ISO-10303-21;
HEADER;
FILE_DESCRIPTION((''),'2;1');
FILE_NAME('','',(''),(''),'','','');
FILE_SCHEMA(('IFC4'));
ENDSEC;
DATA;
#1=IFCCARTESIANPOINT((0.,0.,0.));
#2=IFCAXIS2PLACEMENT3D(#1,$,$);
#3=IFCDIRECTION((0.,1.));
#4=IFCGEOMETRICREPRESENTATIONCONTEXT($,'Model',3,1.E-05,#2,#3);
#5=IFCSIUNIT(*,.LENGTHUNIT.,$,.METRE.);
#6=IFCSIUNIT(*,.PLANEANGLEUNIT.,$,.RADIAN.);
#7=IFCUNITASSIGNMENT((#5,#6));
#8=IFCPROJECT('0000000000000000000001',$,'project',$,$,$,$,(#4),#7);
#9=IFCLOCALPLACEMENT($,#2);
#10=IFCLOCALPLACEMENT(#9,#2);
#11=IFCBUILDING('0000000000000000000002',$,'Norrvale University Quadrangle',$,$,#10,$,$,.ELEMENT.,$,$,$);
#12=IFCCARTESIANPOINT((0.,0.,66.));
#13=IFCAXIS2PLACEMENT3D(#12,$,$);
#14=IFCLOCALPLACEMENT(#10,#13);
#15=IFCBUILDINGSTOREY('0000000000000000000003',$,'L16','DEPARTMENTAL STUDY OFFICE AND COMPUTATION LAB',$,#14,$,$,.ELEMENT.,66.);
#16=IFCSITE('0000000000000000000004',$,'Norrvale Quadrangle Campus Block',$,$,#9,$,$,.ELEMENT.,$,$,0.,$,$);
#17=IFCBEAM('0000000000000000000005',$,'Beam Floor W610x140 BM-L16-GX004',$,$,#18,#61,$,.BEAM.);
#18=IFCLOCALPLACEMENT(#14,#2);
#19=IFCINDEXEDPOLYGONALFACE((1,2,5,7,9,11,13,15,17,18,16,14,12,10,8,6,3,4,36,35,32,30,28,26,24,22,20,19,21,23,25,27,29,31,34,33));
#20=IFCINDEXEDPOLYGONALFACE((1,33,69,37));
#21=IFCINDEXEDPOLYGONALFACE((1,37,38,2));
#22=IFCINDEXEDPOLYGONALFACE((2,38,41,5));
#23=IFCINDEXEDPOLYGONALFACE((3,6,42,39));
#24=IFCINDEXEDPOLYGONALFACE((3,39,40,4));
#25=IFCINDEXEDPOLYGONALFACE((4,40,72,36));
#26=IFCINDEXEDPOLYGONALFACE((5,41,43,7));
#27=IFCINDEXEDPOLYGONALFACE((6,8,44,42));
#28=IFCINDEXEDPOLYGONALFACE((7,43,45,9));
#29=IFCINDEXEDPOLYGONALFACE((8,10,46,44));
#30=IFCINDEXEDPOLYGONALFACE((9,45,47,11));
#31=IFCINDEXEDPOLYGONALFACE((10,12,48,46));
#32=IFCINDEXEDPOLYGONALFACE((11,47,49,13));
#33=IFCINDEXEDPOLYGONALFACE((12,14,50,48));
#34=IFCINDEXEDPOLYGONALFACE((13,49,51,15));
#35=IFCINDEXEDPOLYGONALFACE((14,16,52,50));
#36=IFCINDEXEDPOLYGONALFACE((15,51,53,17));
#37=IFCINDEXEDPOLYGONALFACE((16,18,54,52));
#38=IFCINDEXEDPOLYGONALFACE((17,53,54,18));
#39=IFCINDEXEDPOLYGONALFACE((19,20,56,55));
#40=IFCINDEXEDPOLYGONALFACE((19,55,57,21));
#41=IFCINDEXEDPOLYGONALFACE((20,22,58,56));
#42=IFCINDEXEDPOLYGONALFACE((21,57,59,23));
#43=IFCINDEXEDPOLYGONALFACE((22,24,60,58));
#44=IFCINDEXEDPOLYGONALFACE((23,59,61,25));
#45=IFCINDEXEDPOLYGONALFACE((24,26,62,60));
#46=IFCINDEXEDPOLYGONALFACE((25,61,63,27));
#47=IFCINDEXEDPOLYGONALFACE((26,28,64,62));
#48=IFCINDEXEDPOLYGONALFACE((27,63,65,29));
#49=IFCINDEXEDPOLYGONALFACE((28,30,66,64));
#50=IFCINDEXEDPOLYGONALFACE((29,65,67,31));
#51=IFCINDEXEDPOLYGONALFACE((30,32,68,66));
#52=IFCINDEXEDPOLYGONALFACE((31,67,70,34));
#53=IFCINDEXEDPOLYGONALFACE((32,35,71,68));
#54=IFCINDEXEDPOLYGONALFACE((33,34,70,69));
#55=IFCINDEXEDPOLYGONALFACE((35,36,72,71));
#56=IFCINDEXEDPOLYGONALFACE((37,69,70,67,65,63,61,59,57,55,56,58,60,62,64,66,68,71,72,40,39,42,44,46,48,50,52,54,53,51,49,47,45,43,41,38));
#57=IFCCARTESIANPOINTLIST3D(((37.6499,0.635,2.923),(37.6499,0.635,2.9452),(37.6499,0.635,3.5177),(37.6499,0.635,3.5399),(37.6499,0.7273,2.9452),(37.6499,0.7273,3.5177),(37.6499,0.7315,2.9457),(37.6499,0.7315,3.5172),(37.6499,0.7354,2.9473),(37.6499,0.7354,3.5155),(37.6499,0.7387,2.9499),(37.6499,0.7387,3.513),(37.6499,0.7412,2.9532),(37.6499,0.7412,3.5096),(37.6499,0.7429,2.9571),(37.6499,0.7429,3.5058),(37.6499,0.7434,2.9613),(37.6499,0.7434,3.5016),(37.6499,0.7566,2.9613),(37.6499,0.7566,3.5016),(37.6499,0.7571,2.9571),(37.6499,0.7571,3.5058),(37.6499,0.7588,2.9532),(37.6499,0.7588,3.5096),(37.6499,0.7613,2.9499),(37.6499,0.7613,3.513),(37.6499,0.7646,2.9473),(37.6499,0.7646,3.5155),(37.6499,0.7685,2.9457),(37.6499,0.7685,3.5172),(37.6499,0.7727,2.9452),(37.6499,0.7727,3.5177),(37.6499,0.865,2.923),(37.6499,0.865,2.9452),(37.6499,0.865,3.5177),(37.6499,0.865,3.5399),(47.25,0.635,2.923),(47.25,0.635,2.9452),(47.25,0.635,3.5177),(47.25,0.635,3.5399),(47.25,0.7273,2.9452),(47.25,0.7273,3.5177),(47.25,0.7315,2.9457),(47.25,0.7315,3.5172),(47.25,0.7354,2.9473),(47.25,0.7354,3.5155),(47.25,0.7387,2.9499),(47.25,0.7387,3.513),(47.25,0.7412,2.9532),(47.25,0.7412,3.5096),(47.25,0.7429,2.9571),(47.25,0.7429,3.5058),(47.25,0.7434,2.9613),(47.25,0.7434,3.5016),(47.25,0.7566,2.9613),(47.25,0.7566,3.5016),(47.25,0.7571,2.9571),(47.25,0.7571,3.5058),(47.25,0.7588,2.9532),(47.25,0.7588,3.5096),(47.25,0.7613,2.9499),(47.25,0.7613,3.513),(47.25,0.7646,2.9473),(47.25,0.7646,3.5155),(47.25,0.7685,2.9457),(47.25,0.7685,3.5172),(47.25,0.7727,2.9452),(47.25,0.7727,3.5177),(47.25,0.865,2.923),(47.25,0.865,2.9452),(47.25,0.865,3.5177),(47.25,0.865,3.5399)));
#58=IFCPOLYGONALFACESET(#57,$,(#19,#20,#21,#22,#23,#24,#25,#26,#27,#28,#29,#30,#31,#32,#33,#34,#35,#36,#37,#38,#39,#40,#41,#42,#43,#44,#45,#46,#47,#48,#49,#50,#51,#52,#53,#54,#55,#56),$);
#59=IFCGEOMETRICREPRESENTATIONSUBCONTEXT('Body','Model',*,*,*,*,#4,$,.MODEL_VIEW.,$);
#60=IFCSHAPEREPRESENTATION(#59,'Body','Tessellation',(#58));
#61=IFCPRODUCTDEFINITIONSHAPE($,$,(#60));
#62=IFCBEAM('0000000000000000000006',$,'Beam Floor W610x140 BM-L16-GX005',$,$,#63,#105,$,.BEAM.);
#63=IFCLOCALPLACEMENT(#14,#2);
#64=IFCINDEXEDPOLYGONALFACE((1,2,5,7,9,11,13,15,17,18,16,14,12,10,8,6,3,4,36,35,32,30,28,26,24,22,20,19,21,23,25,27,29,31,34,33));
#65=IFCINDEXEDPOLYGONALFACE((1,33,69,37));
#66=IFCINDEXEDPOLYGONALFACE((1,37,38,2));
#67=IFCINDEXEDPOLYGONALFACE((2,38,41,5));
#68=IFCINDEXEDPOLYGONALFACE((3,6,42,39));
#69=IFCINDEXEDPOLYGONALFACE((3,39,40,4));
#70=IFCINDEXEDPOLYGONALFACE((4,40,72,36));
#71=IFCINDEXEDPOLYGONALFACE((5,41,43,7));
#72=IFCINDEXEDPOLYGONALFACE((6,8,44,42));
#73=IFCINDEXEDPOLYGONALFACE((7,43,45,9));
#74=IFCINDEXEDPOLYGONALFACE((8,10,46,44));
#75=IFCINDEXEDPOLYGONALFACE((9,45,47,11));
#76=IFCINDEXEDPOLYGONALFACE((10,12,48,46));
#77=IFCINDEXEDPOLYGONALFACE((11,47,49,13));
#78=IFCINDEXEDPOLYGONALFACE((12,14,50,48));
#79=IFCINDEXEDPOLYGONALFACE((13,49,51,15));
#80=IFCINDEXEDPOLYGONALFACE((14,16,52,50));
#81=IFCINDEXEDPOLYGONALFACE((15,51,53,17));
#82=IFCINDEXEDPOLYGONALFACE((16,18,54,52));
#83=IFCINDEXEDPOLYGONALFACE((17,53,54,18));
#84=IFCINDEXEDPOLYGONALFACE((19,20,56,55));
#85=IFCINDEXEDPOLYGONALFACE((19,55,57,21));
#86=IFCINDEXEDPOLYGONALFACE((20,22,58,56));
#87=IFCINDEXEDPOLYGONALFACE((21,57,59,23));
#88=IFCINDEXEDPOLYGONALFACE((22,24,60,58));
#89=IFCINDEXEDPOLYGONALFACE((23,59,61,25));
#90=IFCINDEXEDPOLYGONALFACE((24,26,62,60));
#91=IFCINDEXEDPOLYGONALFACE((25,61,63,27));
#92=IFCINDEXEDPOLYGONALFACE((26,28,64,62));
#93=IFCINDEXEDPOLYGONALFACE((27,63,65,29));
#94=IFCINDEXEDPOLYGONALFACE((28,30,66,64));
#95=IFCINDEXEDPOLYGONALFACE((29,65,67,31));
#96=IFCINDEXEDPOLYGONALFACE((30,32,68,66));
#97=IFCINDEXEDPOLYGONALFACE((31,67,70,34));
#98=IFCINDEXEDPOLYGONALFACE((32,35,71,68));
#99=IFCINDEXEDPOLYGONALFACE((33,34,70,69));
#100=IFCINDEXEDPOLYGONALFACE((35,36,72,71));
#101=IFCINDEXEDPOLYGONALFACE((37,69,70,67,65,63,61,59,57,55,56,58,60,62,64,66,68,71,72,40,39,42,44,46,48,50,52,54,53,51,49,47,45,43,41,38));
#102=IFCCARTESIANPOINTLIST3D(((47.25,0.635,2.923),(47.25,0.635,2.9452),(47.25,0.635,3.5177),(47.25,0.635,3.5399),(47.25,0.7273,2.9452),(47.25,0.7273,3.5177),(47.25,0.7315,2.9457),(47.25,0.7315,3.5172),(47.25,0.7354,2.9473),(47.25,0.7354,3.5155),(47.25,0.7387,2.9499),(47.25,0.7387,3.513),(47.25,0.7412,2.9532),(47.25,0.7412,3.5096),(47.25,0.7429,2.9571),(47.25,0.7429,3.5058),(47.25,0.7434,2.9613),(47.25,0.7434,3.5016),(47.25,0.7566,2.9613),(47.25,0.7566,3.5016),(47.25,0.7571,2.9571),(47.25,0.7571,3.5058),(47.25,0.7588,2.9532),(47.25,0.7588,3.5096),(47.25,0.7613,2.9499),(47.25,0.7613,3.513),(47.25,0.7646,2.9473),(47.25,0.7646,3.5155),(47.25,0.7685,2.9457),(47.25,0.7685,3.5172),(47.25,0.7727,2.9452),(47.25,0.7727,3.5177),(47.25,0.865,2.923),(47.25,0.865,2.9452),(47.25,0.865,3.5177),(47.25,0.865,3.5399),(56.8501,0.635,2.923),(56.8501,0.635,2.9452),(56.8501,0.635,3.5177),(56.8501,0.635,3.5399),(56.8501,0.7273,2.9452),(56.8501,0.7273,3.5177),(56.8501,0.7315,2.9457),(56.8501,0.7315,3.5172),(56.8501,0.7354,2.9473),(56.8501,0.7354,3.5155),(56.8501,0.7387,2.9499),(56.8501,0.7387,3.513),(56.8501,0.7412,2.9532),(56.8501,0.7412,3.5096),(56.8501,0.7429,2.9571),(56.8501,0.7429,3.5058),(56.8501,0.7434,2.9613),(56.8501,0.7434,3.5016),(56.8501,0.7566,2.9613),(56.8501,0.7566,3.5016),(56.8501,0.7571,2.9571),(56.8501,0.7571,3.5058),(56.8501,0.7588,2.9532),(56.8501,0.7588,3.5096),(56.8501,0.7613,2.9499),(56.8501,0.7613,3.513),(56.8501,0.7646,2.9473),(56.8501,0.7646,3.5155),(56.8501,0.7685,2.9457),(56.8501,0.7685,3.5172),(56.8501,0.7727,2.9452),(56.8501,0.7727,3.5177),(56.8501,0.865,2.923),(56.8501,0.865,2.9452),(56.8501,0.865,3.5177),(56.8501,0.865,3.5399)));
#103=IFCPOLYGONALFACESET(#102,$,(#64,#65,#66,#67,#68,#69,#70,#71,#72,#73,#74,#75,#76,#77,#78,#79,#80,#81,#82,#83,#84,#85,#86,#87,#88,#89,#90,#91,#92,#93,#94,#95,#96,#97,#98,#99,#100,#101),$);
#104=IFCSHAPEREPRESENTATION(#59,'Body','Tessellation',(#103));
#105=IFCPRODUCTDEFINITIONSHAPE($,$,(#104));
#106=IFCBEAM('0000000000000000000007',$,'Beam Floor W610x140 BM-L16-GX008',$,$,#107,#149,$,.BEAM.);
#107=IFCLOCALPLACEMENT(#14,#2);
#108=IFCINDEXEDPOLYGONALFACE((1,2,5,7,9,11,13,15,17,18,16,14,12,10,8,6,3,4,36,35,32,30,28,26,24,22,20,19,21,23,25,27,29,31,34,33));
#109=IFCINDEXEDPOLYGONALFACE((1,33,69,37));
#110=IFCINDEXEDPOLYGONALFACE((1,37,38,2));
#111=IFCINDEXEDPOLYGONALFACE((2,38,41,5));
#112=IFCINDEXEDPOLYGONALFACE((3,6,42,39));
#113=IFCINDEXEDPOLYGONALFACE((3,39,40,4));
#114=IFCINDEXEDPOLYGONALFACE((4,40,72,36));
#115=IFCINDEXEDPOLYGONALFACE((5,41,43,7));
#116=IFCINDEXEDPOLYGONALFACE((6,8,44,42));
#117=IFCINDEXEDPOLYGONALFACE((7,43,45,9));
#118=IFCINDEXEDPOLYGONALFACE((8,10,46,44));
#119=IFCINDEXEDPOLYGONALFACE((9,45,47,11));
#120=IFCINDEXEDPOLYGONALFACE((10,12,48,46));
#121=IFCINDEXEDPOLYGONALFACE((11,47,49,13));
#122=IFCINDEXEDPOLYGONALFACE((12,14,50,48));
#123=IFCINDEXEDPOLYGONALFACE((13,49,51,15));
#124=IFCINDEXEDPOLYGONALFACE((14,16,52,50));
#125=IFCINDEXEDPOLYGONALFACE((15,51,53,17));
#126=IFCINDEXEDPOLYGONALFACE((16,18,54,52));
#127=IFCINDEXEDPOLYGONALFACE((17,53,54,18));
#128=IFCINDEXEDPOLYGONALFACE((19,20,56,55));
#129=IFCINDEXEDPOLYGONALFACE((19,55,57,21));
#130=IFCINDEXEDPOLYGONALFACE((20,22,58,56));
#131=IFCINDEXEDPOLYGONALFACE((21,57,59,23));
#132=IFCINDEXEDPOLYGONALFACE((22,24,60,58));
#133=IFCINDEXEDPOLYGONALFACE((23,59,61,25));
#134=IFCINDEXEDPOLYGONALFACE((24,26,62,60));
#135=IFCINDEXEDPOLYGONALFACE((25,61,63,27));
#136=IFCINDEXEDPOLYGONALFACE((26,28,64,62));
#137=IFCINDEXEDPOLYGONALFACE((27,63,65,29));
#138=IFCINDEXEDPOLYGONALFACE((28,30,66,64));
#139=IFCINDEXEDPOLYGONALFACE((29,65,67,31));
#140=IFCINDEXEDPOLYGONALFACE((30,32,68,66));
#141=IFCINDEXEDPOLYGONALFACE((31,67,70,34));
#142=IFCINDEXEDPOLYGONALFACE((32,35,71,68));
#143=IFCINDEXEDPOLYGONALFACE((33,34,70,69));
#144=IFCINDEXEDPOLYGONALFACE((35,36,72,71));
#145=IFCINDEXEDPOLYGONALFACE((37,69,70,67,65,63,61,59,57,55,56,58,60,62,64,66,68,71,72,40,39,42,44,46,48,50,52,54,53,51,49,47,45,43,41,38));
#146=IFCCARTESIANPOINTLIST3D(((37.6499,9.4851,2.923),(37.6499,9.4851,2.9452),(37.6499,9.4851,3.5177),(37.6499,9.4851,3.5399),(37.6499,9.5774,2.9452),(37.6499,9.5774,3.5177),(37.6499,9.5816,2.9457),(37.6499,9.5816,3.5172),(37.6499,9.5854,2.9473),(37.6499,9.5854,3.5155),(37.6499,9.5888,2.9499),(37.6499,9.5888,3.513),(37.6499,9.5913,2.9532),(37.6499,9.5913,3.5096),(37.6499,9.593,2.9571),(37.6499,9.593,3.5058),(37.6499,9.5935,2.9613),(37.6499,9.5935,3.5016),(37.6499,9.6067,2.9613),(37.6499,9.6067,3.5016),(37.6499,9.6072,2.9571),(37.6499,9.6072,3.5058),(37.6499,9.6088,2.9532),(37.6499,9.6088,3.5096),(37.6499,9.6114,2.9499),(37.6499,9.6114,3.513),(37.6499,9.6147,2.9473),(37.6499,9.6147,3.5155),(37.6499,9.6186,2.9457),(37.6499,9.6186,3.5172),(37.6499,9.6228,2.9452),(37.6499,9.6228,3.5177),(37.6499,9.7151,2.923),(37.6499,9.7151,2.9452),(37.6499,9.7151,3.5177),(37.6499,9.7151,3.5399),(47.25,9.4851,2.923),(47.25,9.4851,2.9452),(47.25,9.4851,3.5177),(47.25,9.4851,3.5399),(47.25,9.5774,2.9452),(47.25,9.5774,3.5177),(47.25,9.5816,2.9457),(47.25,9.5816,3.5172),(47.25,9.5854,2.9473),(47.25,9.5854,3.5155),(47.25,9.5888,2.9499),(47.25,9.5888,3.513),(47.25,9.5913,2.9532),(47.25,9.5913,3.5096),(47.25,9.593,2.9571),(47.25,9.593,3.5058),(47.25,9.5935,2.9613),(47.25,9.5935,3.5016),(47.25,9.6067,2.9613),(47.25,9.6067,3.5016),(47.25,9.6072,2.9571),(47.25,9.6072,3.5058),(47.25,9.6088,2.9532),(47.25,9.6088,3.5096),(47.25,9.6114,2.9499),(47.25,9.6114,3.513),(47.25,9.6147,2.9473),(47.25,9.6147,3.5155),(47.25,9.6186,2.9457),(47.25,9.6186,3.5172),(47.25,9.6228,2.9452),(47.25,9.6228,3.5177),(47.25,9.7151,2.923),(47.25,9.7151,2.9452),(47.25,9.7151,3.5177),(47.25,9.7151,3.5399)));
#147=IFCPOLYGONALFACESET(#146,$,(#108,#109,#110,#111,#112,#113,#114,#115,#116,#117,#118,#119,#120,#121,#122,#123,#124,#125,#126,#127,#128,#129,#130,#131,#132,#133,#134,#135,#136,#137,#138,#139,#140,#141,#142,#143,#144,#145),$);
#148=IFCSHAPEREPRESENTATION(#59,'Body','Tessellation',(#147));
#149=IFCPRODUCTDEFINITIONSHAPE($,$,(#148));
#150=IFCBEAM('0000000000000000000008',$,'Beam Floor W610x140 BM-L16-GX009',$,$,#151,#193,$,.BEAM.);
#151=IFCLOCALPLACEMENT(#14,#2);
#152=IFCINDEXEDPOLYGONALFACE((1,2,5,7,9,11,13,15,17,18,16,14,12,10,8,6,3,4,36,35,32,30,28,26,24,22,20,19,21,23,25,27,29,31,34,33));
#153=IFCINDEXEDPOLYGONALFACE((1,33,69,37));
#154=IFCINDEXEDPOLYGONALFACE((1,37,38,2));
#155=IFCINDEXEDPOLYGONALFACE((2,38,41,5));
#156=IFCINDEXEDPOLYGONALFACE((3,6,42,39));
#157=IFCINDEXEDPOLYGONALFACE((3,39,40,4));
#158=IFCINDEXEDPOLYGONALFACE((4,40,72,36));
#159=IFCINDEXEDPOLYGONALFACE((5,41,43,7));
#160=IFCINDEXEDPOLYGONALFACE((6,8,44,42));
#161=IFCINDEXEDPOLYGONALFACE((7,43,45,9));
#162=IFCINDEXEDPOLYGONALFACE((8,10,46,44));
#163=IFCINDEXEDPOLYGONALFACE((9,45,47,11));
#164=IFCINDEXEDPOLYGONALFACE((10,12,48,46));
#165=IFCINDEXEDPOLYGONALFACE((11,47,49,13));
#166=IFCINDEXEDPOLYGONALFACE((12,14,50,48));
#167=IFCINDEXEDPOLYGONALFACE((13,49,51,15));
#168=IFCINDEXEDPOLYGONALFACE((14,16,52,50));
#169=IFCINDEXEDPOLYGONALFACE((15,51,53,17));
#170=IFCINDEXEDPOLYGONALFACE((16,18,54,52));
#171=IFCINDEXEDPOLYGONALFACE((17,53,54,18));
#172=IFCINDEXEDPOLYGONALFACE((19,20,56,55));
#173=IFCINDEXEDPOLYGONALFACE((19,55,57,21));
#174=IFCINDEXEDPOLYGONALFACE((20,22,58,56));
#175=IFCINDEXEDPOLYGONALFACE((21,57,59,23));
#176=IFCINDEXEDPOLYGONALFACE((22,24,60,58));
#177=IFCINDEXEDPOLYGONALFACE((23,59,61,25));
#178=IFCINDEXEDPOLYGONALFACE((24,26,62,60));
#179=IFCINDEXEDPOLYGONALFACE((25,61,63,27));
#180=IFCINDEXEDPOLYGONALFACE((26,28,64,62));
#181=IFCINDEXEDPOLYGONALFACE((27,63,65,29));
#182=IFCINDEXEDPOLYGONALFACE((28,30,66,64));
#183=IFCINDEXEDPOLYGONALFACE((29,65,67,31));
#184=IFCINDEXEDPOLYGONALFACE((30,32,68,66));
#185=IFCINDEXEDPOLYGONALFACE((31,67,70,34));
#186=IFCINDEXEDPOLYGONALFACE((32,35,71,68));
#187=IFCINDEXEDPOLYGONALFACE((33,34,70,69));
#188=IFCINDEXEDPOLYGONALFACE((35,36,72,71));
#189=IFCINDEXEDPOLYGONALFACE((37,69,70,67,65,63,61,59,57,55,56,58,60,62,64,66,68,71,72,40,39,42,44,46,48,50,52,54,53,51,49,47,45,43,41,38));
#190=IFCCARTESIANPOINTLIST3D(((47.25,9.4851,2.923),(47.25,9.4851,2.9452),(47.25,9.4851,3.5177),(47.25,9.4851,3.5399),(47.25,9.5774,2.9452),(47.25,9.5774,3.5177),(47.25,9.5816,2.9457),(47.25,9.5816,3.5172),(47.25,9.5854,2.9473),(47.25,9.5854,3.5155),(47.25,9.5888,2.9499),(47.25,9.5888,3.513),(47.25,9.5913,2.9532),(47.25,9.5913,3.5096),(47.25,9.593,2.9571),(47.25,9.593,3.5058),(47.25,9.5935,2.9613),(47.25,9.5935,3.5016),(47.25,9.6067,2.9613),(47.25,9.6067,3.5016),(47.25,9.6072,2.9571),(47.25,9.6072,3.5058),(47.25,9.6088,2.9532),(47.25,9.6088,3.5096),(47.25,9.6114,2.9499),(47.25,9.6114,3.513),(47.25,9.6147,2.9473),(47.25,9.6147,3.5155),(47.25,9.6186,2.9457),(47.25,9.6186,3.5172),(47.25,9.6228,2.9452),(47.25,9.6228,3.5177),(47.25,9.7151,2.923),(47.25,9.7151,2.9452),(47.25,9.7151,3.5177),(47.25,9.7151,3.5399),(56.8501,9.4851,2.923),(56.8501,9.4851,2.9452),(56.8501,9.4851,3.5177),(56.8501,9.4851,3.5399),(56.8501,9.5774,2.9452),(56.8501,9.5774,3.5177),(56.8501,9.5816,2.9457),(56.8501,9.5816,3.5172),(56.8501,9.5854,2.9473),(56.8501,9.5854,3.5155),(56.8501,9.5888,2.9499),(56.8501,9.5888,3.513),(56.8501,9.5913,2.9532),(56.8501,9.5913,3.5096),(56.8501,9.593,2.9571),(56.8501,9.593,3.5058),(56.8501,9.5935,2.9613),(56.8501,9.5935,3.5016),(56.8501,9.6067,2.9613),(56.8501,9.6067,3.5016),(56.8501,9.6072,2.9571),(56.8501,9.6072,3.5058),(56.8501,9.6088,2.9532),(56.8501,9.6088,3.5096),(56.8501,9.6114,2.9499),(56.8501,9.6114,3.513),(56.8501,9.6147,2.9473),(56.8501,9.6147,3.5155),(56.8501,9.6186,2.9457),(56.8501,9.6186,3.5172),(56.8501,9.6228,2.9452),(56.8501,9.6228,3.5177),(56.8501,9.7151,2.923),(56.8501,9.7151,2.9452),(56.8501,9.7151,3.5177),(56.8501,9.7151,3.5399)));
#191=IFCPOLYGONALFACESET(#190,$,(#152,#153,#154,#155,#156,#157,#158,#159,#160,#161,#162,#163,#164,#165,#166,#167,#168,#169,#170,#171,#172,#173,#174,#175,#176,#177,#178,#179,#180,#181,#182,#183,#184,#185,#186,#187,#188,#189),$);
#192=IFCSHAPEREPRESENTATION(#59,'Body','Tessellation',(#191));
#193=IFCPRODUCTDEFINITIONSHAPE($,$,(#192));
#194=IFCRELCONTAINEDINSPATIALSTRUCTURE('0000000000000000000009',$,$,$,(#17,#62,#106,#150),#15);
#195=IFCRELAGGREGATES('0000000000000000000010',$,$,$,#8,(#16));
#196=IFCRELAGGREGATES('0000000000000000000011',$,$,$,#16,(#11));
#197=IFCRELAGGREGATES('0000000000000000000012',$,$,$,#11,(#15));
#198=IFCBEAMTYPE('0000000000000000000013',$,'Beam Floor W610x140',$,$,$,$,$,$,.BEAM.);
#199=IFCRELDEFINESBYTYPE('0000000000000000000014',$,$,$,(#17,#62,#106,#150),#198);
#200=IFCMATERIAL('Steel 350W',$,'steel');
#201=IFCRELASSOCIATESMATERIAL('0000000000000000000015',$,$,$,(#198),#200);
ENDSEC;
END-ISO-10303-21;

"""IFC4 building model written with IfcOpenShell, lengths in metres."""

from ifc_helpers import new_model, si_unit, direction, frame, origin, origin_2d, place, context, subcontext, project, spatial, i_section, extrude, material, material_profile, profile_set, type_object, element, save


model = new_model("IFC4")

# Units and contexts
model_context = context("Model", 3, precision=1e-05, world=origin(), true_north=direction((0.0, 1.0)))
body_context = subcontext(model_context, "Body", "Model", "MODEL_VIEW")
ifc_project = project(units=[si_unit("LENGTHUNIT", "METRE"), si_unit("PLANEANGLEUNIT", "RADIAN")], contexts=[model_context])

# Site, building, storey
site_placement = place(None, origin())
site = spatial("IfcSite", under=ifc_project, at=site_placement, Name="Norrvale Quadrangle Campus Block", CompositionType="ELEMENT", RefElevation=0.0)
building_placement = place(site_placement, origin())
building = spatial("IfcBuilding", under=site, at=building_placement, Name="Norrvale University Quadrangle", CompositionType="ELEMENT")
storey_placement = place(building_placement, frame((0.0, 0.0, 66.0)))
storey = spatial("IfcBuildingStorey", under=building, at=storey_placement, Name="L16", Description="DEPARTMENTAL STUDY OFFICE AND COMPUTATION LAB", CompositionType="ELEMENT", Elevation=66.0)

# Beams
ifc_material_1 = material(Name="Steel 350W", Category="steel")
ifc_material_profile_1 = material_profile(ifc_material_1, i_section(OverallWidth=0.23, OverallDepth=0.6169, WebThickness=0.0132, FlangeThickness=0.0222, FilletRadius=0.0161, at=origin_2d()), Name="Steel 350W")
ifc_profile_set_1 = profile_set([ifc_material_profile_1], Name="Steel 350W")
beam_type_1 = type_object("IfcBeamType", Name="Beam Floor W610x140", PredefinedType="BEAM", material=ifc_profile_set_1)
for number, where, z_axis, x_axis, name in (
    (1, (37.6499, 0.75, 3.2314), (1.0, 0.0, 0.0), (0.0, 1.0, 0.0), "Beam Floor W610x140 BM-L16-GX004"),
    (2, (47.25, 0.75, 3.2314), (1.0, 0.0, 0.0), (0.0, 1.0, 0.0), "Beam Floor W610x140 BM-L16-GX005"),
    (3, (37.6499, 9.6001, 3.2314), (1.0, 0.0, 0.0), (0.0, 1.0, 0.0), "Beam Floor W610x140 BM-L16-GX008"),
    (4, (47.25, 9.6001, 3.2314), (1.0, 0.0, 0.0), (0.0, 1.0, 0.0), "Beam Floor W610x140 BM-L16-GX009"),
):
    element("IfcBeam", number, at=place(storey_placement, frame(where, z_axis=z_axis, x_axis=x_axis)), inside=storey, type_object=beam_type_1, Name=name, PredefinedType="BEAM", context=body_context, shape_type="SweptSolid", body=[
        extrude(i_section(OverallWidth=0.23, OverallDepth=0.6169, WebThickness=0.0132, FlangeThickness=0.0222, FilletRadius=0.0161, at=origin_2d()), origin(), (0.0, 0.0, 1.0), 9.6001),
    ])

save(model, "model.ifc")
